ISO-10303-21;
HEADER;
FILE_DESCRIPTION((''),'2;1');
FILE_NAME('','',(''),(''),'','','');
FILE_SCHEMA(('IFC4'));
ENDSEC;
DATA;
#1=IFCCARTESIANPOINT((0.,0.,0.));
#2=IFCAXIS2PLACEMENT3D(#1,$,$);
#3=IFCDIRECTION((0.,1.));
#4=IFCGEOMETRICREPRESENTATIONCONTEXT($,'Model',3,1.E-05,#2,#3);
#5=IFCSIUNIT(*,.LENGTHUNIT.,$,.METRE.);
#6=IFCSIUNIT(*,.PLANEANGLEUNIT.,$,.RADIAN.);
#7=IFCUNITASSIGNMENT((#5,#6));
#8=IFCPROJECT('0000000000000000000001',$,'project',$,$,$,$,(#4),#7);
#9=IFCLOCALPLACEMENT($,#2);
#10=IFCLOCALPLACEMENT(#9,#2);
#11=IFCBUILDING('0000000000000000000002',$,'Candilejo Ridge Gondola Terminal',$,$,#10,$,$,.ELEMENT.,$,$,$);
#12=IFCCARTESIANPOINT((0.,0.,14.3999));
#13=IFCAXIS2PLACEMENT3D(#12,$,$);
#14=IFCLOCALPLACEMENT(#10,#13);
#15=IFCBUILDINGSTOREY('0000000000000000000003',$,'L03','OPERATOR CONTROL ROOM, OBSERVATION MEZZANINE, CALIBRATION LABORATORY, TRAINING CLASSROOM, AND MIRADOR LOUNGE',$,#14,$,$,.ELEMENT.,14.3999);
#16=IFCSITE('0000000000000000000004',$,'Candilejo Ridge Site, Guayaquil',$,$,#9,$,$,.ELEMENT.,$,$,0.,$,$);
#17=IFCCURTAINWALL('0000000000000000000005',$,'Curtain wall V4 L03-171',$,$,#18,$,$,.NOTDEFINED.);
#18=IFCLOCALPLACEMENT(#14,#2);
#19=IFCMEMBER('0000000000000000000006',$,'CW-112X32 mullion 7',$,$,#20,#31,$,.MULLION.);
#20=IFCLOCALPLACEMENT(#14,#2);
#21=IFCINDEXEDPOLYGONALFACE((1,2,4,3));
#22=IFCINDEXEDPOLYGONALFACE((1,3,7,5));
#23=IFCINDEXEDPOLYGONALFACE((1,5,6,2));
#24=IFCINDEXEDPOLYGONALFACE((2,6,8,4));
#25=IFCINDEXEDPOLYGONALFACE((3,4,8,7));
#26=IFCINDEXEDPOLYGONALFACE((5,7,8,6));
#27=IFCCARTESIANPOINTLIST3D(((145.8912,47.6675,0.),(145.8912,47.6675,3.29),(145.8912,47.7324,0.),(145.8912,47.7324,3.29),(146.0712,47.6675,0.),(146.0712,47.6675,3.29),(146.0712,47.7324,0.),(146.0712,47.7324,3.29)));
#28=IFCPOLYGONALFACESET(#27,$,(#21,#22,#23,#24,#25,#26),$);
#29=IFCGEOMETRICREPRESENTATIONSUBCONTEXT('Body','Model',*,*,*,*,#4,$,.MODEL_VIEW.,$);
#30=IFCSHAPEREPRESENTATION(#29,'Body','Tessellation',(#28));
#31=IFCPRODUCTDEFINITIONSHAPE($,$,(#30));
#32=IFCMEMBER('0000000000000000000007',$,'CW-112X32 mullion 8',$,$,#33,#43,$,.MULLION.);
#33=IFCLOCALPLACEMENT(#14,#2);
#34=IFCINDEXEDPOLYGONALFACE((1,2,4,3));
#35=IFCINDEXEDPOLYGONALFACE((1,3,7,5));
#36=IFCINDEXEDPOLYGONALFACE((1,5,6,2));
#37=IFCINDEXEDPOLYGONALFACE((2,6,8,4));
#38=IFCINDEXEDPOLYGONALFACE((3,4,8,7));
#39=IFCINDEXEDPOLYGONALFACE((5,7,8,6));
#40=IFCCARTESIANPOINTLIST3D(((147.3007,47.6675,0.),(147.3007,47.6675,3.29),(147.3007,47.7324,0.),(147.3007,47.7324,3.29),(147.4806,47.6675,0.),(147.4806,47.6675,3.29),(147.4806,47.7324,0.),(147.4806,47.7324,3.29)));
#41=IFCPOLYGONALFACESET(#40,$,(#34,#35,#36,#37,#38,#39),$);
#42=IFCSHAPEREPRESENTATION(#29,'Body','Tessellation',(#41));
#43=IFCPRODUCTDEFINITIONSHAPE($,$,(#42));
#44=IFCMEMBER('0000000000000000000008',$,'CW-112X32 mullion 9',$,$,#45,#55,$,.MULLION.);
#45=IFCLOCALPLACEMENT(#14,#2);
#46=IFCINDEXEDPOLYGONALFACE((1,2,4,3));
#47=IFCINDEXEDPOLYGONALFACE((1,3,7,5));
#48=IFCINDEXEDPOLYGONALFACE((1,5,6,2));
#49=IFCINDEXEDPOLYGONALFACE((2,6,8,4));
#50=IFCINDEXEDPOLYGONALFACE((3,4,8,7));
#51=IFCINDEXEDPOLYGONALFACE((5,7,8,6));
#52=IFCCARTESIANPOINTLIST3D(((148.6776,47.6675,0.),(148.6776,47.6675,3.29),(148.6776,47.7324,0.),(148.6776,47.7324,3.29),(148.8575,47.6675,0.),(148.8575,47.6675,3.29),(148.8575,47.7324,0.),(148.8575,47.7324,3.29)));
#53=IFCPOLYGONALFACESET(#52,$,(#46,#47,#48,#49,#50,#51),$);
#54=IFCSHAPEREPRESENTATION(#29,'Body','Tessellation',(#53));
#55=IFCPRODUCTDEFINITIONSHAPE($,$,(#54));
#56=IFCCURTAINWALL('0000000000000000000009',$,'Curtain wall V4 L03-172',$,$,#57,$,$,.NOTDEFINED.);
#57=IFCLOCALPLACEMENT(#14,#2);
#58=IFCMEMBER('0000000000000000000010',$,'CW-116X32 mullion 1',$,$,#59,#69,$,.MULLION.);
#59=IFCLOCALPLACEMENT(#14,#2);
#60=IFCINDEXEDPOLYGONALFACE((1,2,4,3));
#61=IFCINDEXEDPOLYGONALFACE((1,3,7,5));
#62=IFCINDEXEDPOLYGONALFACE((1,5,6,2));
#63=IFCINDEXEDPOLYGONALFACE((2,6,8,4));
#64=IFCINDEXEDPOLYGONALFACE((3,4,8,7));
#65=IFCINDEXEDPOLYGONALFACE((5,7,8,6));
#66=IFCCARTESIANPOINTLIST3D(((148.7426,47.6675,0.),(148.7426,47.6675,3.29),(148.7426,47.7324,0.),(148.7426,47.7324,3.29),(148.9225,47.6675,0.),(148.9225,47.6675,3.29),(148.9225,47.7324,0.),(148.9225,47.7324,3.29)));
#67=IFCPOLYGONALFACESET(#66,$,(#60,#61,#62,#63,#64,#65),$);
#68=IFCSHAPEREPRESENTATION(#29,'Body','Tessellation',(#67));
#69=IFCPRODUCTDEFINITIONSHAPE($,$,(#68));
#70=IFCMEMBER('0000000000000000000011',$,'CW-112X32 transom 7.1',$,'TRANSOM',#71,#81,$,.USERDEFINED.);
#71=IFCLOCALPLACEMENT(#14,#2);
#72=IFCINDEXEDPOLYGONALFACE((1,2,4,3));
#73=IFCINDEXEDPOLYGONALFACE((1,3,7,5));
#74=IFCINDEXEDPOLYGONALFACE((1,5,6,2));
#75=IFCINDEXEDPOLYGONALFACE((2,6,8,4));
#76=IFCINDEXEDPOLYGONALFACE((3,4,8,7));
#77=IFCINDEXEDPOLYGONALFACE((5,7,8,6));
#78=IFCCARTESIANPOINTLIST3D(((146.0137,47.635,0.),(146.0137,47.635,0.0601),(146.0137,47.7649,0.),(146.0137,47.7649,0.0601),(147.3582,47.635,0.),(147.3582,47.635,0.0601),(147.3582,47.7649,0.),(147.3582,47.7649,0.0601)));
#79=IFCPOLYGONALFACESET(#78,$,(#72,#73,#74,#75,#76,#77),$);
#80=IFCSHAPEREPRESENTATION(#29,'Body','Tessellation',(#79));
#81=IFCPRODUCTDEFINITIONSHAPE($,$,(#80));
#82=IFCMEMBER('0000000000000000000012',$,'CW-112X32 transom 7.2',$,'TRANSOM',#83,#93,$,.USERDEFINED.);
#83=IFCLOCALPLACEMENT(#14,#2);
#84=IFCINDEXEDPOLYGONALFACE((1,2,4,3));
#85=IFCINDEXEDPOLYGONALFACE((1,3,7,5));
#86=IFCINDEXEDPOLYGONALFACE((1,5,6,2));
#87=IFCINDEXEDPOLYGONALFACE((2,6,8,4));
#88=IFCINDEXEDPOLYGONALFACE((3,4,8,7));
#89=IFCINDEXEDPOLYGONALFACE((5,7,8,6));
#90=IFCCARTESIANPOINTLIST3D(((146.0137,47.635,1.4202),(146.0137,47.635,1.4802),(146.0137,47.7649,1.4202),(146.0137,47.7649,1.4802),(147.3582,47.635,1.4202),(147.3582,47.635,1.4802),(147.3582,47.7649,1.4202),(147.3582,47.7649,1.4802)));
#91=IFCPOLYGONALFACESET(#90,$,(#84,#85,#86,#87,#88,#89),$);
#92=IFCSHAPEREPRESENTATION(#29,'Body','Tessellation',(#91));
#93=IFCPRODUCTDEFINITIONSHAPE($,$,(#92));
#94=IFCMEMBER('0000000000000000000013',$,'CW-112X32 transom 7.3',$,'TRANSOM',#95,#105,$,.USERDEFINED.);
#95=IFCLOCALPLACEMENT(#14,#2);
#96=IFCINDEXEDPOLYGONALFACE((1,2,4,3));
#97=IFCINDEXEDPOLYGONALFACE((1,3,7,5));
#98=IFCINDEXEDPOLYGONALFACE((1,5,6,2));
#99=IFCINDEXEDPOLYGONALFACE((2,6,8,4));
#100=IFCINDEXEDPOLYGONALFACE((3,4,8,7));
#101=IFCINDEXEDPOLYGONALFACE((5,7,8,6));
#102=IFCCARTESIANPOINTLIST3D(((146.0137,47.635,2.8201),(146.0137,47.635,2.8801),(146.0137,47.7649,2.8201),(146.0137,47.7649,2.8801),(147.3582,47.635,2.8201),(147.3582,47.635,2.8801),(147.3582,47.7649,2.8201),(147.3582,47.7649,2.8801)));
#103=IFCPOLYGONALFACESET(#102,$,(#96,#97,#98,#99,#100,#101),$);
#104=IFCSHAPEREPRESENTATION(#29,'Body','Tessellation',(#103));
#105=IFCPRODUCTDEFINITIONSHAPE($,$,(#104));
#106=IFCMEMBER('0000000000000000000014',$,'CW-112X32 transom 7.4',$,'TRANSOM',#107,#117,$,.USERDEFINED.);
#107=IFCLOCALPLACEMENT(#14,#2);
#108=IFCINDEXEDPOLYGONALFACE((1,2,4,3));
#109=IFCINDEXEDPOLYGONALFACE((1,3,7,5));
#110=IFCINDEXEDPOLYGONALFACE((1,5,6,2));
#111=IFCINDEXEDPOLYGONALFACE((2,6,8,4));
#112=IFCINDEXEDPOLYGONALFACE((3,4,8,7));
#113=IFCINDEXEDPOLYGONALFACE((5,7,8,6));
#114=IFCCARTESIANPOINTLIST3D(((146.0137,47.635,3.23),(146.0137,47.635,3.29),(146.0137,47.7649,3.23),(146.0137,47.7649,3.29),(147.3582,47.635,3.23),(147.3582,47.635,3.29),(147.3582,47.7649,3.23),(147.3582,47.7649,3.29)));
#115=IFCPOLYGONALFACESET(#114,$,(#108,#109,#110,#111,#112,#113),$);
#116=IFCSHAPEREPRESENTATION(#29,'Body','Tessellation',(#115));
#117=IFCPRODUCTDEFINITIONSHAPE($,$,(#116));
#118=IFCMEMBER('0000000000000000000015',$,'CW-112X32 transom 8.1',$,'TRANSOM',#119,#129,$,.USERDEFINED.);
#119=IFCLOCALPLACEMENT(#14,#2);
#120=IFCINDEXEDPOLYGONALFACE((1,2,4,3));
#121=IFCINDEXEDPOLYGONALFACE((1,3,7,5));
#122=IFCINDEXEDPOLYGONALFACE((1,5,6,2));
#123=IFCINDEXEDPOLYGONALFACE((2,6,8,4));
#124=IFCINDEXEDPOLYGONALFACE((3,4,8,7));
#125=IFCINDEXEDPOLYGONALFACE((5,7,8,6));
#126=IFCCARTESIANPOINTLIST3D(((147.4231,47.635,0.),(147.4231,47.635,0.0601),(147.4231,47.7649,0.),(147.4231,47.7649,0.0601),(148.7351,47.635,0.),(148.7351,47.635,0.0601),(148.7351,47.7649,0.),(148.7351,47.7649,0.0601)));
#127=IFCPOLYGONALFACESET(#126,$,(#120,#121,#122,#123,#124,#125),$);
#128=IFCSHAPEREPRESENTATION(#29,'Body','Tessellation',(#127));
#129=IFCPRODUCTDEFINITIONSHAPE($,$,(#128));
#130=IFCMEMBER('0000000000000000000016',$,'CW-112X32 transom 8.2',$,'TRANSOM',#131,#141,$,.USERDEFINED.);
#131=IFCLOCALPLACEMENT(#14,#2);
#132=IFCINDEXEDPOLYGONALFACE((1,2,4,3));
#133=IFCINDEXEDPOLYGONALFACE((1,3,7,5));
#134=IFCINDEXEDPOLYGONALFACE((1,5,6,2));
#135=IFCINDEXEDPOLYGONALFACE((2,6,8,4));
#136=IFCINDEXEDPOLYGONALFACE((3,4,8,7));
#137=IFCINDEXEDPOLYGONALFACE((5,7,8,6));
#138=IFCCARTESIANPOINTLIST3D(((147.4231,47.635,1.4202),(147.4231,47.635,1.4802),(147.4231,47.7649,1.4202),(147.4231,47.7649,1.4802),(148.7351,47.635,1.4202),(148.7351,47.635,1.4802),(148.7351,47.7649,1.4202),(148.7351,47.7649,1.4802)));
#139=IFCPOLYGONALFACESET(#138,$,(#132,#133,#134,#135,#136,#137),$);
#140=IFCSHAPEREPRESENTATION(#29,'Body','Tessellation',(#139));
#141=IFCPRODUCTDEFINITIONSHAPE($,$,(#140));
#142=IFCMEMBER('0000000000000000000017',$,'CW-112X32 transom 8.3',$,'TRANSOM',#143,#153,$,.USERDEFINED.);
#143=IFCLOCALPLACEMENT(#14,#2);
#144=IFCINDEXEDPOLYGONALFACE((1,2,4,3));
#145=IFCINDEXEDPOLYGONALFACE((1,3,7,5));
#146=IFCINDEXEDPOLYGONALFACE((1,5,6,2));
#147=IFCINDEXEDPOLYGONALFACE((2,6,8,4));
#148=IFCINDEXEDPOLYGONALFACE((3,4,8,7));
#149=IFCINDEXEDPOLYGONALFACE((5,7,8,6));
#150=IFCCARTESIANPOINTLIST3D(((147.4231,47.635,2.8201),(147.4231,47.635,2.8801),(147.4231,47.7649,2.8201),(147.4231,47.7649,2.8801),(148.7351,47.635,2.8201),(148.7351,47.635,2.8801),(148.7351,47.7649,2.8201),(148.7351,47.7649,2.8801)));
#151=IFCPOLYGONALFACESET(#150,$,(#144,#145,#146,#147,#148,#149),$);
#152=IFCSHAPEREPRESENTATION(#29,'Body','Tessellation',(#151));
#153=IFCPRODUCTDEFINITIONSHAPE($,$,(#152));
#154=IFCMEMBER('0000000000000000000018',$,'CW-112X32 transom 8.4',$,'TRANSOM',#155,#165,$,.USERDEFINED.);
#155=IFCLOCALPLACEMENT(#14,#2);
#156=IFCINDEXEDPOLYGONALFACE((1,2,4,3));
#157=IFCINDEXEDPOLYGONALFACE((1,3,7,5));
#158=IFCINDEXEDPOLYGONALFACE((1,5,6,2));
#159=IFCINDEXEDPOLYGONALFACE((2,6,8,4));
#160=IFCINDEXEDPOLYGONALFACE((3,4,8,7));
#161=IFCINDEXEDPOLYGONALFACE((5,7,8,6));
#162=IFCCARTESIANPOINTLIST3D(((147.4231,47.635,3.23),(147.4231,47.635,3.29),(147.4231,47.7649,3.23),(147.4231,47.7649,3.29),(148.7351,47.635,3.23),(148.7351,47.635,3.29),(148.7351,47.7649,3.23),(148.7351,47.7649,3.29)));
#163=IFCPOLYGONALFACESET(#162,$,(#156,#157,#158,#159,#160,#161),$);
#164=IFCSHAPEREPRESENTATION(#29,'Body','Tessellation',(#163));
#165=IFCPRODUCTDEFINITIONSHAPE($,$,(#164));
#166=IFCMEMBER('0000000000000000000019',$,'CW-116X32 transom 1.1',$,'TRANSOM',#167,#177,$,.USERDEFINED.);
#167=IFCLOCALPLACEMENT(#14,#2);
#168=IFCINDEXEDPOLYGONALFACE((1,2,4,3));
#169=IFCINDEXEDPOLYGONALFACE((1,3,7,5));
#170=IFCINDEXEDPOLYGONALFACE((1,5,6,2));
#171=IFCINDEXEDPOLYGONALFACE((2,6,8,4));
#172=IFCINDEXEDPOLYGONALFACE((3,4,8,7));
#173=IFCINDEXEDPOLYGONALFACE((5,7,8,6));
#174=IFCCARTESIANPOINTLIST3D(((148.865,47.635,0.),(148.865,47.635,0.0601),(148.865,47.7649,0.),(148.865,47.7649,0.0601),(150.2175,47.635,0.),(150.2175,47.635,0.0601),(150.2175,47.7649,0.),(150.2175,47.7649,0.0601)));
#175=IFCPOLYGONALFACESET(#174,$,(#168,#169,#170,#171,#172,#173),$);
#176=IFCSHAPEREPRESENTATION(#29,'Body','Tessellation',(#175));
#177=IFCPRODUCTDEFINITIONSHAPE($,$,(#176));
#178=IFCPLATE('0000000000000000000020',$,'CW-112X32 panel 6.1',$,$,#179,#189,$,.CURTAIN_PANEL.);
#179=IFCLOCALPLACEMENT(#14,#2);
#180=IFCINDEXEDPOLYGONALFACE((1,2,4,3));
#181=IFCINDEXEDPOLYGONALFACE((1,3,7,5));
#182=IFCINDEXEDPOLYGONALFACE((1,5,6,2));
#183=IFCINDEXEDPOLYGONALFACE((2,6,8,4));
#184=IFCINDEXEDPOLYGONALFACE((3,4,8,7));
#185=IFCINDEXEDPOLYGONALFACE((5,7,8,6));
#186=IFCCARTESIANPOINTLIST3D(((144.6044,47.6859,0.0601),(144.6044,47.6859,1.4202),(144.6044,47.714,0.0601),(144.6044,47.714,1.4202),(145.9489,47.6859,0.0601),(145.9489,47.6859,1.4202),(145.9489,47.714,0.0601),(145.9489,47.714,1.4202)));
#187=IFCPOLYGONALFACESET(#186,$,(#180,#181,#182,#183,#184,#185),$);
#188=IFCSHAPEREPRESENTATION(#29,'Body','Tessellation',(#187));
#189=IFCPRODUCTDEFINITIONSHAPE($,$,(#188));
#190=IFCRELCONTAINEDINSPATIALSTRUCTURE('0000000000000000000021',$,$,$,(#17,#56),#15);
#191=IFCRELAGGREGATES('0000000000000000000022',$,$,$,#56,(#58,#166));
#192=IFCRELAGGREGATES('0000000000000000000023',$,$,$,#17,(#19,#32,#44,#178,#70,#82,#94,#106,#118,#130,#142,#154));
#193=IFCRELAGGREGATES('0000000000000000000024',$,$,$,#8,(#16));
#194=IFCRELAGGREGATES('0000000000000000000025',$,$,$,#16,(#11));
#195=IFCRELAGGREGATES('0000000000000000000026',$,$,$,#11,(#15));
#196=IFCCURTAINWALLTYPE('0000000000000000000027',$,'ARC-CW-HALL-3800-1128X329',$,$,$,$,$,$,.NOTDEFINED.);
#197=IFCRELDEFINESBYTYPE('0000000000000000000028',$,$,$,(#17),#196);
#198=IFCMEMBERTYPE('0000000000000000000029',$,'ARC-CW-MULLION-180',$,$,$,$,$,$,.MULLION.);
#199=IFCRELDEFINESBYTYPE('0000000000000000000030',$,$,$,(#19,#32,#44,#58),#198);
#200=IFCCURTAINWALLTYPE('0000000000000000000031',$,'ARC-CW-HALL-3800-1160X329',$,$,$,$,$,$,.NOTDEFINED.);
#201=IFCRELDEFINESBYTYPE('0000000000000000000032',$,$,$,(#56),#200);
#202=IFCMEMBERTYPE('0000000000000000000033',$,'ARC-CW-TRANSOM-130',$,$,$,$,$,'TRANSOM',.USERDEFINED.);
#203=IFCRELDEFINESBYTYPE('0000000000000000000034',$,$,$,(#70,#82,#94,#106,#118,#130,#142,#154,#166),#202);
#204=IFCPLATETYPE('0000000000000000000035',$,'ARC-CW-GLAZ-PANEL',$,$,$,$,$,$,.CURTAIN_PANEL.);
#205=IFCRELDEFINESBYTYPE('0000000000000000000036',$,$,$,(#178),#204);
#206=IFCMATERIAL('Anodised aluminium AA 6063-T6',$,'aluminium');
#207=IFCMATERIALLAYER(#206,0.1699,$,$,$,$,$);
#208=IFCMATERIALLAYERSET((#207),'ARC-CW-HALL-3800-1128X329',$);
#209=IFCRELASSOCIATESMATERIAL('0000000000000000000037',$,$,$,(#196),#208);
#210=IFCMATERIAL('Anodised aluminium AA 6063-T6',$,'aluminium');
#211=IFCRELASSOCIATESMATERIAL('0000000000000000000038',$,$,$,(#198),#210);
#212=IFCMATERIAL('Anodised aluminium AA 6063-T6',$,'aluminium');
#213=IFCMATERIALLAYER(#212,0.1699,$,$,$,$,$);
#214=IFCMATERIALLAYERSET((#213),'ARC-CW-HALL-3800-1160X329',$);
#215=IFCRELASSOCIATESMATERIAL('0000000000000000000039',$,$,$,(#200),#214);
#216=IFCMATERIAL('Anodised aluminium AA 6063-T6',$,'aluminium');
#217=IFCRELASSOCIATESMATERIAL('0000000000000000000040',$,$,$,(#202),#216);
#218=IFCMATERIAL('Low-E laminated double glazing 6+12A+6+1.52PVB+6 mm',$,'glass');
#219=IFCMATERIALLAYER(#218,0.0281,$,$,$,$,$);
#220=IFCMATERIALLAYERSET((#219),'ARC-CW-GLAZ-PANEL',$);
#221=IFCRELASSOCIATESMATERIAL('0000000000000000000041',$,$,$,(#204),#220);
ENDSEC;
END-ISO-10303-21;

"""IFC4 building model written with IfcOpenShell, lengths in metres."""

from ifc_helpers import new_model, si_unit, direction, frame, origin, origin_2d, place, context, subcontext, project, spatial, rectangle, extrude, material, layer, layer_set, material_profile, profile_set, type_object, element, aggregate, save


model = new_model("IFC4")

# Units and contexts
model_context = context("Model", 3, precision=1e-05, world=origin(), true_north=direction((0.0, 1.0)))
body_context = subcontext(model_context, "Body", "Model", "MODEL_VIEW")
ifc_project = project(units=[si_unit("LENGTHUNIT", "METRE"), si_unit("PLANEANGLEUNIT", "RADIAN")], contexts=[model_context])

# Site, building, storey
site_placement = place(None, origin())
site = spatial("IfcSite", under=ifc_project, at=site_placement, Name="Candilejo Ridge Site, Guayaquil", CompositionType="ELEMENT", RefElevation=0.0)
building_placement = place(site_placement, origin())
building = spatial("IfcBuilding", under=site, at=building_placement, Name="Candilejo Ridge Gondola Terminal", CompositionType="ELEMENT")
storey_placement = place(building_placement, frame((0.0, 0.0, 14.3999)))
storey = spatial("IfcBuildingStorey", under=building, at=storey_placement, Name="L03", Description="OPERATOR CONTROL ROOM, OBSERVATION MEZZANINE, CALIBRATION LABORATORY, TRAINING CLASSROOM, AND MIRADOR LOUNGE", CompositionType="ELEMENT", Elevation=14.3999)

# Curtain wall, members
ifc_material_1 = material(Name="Anodised aluminium AA 6063-T6", Category="aluminium")
ifc_layer_1 = layer(ifc_material_1, 0.1699)
ifc_layer_set_1 = layer_set([ifc_layer_1], Name="ARC-CW-HALL-3800-1128X329")
curtain_wall_type_1 = type_object("IfcCurtainWallType", Name="ARC-CW-HALL-3800-1128X329", PredefinedType="NOTDEFINED", material=ifc_layer_set_1)
curtain_wall_1_placement = place(storey_placement, origin())
curtain_wall_1 = element("IfcCurtainWall", 1, at=curtain_wall_1_placement, inside=storey, type_object=curtain_wall_type_1, Name="Curtain wall V4 L03-171", PredefinedType="NOTDEFINED")
ifc_material_2 = material(Name="Anodised aluminium AA 6063-T6", Category="aluminium")
ifc_material_profile_1 = material_profile(ifc_material_2, rectangle(XDim=0.0649, YDim=0.1799, at=origin_2d()))
ifc_profile_set_1 = profile_set([ifc_material_profile_1], Name="Anodised aluminium AA 6063-T6")
member_type_1 = type_object("IfcMemberType", Name="ARC-CW-MULLION-180", PredefinedType="MULLION", material=ifc_profile_set_1)
member_1_placement = place(storey_placement, frame((145.9812, 47.7, 0.0), z_axis=(0.0, 0.0, 1.0), x_axis=(0.0, 1.0, 0.0)))
member_1 = element("IfcMember", 2, at=member_1_placement, type_object=member_type_1, Name="CW-112X32 mullion 7", PredefinedType="MULLION", context=body_context, shape_type="SweptSolid", body=[
    extrude(rectangle(XDim=0.0649, YDim=0.1799, at=origin_2d()), origin(), (0.0, 0.0, 1.0), 3.29),
])
member_2_placement = place(storey_placement, frame((147.3906, 47.7, 0.0), z_axis=(0.0, 0.0, 1.0), x_axis=(0.0, 1.0, 0.0)))
member_2 = element("IfcMember", 3, at=member_2_placement, type_object=member_type_1, Name="CW-112X32 mullion 8", PredefinedType="MULLION", context=body_context, shape_type="SweptSolid", body=[
    extrude(rectangle(XDim=0.0649, YDim=0.1799, at=origin_2d()), origin(), (0.0, 0.0, 1.0), 3.29),
])
member_3_placement = place(storey_placement, frame((148.7676, 47.7, 0.0), z_axis=(0.0, 0.0, 1.0), x_axis=(0.0, 1.0, 0.0)))
member_3 = element("IfcMember", 4, at=member_3_placement, type_object=member_type_1, Name="CW-112X32 mullion 9", PredefinedType="MULLION", context=body_context, shape_type="SweptSolid", body=[
    extrude(rectangle(XDim=0.0649, YDim=0.1799, at=origin_2d()), origin(), (0.0, 0.0, 1.0), 3.29),
])

# Curtain wall, member
ifc_material_3 = material(Name="Anodised aluminium AA 6063-T6", Category="aluminium")
ifc_layer_2 = layer(ifc_material_3, 0.1699)
ifc_layer_set_2 = layer_set([ifc_layer_2], Name="ARC-CW-HALL-3800-1160X329")
curtain_wall_type_2 = type_object("IfcCurtainWallType", Name="ARC-CW-HALL-3800-1160X329", PredefinedType="NOTDEFINED", material=ifc_layer_set_2)
curtain_wall_2_placement = place(storey_placement, origin())
curtain_wall_2 = element("IfcCurtainWall", 5, at=curtain_wall_2_placement, inside=storey, type_object=curtain_wall_type_2, Name="Curtain wall V4 L03-172", PredefinedType="NOTDEFINED")
member_4_placement = place(storey_placement, frame((148.8325, 47.7, 0.0), z_axis=(0.0, 0.0, 1.0), x_axis=(0.0, 1.0, 0.0)))
member_4 = element("IfcMember", 6, at=member_4_placement, type_object=member_type_1, Name="CW-116X32 mullion 1", PredefinedType="MULLION", context=body_context, shape_type="SweptSolid", body=[
    extrude(rectangle(XDim=0.0649, YDim=0.1799, at=origin_2d()), origin(), (0.0, 0.0, 1.0), 3.29),
])

# Members
ifc_material_4 = material(Name="Anodised aluminium AA 6063-T6", Category="aluminium")
ifc_material_profile_2 = material_profile(ifc_material_4, rectangle(XDim=0.1299, YDim=0.0601, at=origin_2d()))
ifc_profile_set_2 = profile_set([ifc_material_profile_2], Name="Anodised aluminium AA 6063-T6")
member_type_2 = type_object("IfcMemberType", Name="ARC-CW-TRANSOM-130", ElementType="TRANSOM", PredefinedType="USERDEFINED", material=ifc_profile_set_2)
member_5_placement = place(storey_placement, frame((146.0137, 47.7, 0.03), z_axis=(1.0, 0.0, 0.0), x_axis=(0.0, 1.0, 0.0)))
member_5 = element("IfcMember", 7, at=member_5_placement, type_object=member_type_2, Name="CW-112X32 transom 7.1", ObjectType="TRANSOM", PredefinedType="USERDEFINED", context=body_context, shape_type="SweptSolid", body=[
    extrude(rectangle(XDim=0.1299, YDim=0.0601, at=origin_2d()), origin(), (0.0, 0.0, 1.0), 1.3445),
])
member_6_placement = place(storey_placement, frame((146.0137, 47.7, 1.4502), z_axis=(1.0, 0.0, 0.0), x_axis=(0.0, 1.0, 0.0)))
member_6 = element("IfcMember", 8, at=member_6_placement, type_object=member_type_2, Name="CW-112X32 transom 7.2", ObjectType="TRANSOM", PredefinedType="USERDEFINED", context=body_context, shape_type="SweptSolid", body=[
    extrude(rectangle(XDim=0.1299, YDim=0.0601, at=origin_2d()), origin(), (0.0, 0.0, 1.0), 1.3445),
])
member_7_placement = place(storey_placement, frame((146.0137, 47.7, 2.8501), z_axis=(1.0, 0.0, 0.0), x_axis=(0.0, 1.0, 0.0)))
member_7 = element("IfcMember", 9, at=member_7_placement, type_object=member_type_2, Name="CW-112X32 transom 7.3", ObjectType="TRANSOM", PredefinedType="USERDEFINED", context=body_context, shape_type="SweptSolid", body=[
    extrude(rectangle(XDim=0.1299, YDim=0.0601, at=origin_2d()), origin(), (0.0, 0.0, 1.0), 1.3445),
])
member_8_placement = place(storey_placement, frame((146.0137, 47.7, 3.26), z_axis=(1.0, 0.0, 0.0), x_axis=(0.0, 1.0, 0.0)))
member_8 = element("IfcMember", 10, at=member_8_placement, type_object=member_type_2, Name="CW-112X32 transom 7.4", ObjectType="TRANSOM", PredefinedType="USERDEFINED", context=body_context, shape_type="SweptSolid", body=[
    extrude(rectangle(XDim=0.1299, YDim=0.0601, at=origin_2d()), origin(), (0.0, 0.0, 1.0), 1.3445),
])
member_9_placement = place(storey_placement, frame((147.4231, 47.7, 0.03), z_axis=(1.0, 0.0, 0.0), x_axis=(0.0, 1.0, 0.0)))
member_9 = element("IfcMember", 11, at=member_9_placement, type_object=member_type_2, Name="CW-112X32 transom 8.1", ObjectType="TRANSOM", PredefinedType="USERDEFINED", context=body_context, shape_type="SweptSolid", body=[
    extrude(rectangle(XDim=0.1299, YDim=0.0601, at=origin_2d()), origin(), (0.0, 0.0, 1.0), 1.312),
])
member_10_placement = place(storey_placement, frame((147.4231, 47.7, 1.4502), z_axis=(1.0, 0.0, 0.0), x_axis=(0.0, 1.0, 0.0)))
member_10 = element("IfcMember", 12, at=member_10_placement, type_object=member_type_2, Name="CW-112X32 transom 8.2", ObjectType="TRANSOM", PredefinedType="USERDEFINED", context=body_context, shape_type="SweptSolid", body=[
    extrude(rectangle(XDim=0.1299, YDim=0.0601, at=origin_2d()), origin(), (0.0, 0.0, 1.0), 1.312),
])
member_11_placement = place(storey_placement, frame((147.4231, 47.7, 2.8501), z_axis=(1.0, 0.0, 0.0), x_axis=(0.0, 1.0, 0.0)))
member_11 = element("IfcMember", 13, at=member_11_placement, type_object=member_type_2, Name="CW-112X32 transom 8.3", ObjectType="TRANSOM", PredefinedType="USERDEFINED", context=body_context, shape_type="SweptSolid", body=[
    extrude(rectangle(XDim=0.1299, YDim=0.0601, at=origin_2d()), origin(), (0.0, 0.0, 1.0), 1.312),
])
member_12_placement = place(storey_placement, frame((147.4231, 47.7, 3.26), z_axis=(1.0, 0.0, 0.0), x_axis=(0.0, 1.0, 0.0)))
member_12 = element("IfcMember", 14, at=member_12_placement, type_object=member_type_2, Name="CW-112X32 transom 8.4", ObjectType="TRANSOM", PredefinedType="USERDEFINED", context=body_context, shape_type="SweptSolid", body=[
    extrude(rectangle(XDim=0.1299, YDim=0.0601, at=origin_2d()), origin(), (0.0, 0.0, 1.0), 1.312),
])
member_13_placement = place(storey_placement, frame((148.865, 47.7, 0.03), z_axis=(1.0, 0.0, 0.0), x_axis=(0.0, 1.0, 0.0)))
member_13 = element("IfcMember", 15, at=member_13_placement, type_object=member_type_2, Name="CW-116X32 transom 1.1", ObjectType="TRANSOM", PredefinedType="USERDEFINED", context=body_context, shape_type="SweptSolid", body=[
    extrude(rectangle(XDim=0.1299, YDim=0.0601, at=origin_2d()), origin(), (0.0, 0.0, 1.0), 1.3525),
])
aggregate(curtain_wall_2, [member_4, member_13])

# Plate
ifc_material_5 = material(Name="Low-E laminated double glazing 6+12A+6+1.52PVB+6 mm", Category="glass")
ifc_layer_3 = layer(ifc_material_5, 0.0281)
ifc_layer_set_3 = layer_set([ifc_layer_3], Name="ARC-CW-GLAZ-PANEL")
plate_type = type_object("IfcPlateType", Name="ARC-CW-GLAZ-PANEL", PredefinedType="CURTAIN_PANEL", material=ifc_layer_set_3)
plate_1_placement = place(storey_placement, frame((145.2766, 47.7, 0.0601), z_axis=(0.0, 0.0, 1.0), x_axis=(1.0, 0.0, 0.0)))
plate_1 = element("IfcPlate", 16, at=plate_1_placement, type_object=plate_type, Name="CW-112X32 panel 6.1", PredefinedType="CURTAIN_PANEL", context=body_context, shape_type="SweptSolid", body=[
    extrude(rectangle(XDim=1.3445, YDim=0.0281, at=origin_2d()), origin(), (0.0, 0.0, 1.0), 1.3601),
])
aggregate(curtain_wall_1, [member_1, member_2, member_3, plate_1, member_5, member_6, member_7, member_8, member_9, member_10, member_11, member_12])

save(model, "model.ifc")
